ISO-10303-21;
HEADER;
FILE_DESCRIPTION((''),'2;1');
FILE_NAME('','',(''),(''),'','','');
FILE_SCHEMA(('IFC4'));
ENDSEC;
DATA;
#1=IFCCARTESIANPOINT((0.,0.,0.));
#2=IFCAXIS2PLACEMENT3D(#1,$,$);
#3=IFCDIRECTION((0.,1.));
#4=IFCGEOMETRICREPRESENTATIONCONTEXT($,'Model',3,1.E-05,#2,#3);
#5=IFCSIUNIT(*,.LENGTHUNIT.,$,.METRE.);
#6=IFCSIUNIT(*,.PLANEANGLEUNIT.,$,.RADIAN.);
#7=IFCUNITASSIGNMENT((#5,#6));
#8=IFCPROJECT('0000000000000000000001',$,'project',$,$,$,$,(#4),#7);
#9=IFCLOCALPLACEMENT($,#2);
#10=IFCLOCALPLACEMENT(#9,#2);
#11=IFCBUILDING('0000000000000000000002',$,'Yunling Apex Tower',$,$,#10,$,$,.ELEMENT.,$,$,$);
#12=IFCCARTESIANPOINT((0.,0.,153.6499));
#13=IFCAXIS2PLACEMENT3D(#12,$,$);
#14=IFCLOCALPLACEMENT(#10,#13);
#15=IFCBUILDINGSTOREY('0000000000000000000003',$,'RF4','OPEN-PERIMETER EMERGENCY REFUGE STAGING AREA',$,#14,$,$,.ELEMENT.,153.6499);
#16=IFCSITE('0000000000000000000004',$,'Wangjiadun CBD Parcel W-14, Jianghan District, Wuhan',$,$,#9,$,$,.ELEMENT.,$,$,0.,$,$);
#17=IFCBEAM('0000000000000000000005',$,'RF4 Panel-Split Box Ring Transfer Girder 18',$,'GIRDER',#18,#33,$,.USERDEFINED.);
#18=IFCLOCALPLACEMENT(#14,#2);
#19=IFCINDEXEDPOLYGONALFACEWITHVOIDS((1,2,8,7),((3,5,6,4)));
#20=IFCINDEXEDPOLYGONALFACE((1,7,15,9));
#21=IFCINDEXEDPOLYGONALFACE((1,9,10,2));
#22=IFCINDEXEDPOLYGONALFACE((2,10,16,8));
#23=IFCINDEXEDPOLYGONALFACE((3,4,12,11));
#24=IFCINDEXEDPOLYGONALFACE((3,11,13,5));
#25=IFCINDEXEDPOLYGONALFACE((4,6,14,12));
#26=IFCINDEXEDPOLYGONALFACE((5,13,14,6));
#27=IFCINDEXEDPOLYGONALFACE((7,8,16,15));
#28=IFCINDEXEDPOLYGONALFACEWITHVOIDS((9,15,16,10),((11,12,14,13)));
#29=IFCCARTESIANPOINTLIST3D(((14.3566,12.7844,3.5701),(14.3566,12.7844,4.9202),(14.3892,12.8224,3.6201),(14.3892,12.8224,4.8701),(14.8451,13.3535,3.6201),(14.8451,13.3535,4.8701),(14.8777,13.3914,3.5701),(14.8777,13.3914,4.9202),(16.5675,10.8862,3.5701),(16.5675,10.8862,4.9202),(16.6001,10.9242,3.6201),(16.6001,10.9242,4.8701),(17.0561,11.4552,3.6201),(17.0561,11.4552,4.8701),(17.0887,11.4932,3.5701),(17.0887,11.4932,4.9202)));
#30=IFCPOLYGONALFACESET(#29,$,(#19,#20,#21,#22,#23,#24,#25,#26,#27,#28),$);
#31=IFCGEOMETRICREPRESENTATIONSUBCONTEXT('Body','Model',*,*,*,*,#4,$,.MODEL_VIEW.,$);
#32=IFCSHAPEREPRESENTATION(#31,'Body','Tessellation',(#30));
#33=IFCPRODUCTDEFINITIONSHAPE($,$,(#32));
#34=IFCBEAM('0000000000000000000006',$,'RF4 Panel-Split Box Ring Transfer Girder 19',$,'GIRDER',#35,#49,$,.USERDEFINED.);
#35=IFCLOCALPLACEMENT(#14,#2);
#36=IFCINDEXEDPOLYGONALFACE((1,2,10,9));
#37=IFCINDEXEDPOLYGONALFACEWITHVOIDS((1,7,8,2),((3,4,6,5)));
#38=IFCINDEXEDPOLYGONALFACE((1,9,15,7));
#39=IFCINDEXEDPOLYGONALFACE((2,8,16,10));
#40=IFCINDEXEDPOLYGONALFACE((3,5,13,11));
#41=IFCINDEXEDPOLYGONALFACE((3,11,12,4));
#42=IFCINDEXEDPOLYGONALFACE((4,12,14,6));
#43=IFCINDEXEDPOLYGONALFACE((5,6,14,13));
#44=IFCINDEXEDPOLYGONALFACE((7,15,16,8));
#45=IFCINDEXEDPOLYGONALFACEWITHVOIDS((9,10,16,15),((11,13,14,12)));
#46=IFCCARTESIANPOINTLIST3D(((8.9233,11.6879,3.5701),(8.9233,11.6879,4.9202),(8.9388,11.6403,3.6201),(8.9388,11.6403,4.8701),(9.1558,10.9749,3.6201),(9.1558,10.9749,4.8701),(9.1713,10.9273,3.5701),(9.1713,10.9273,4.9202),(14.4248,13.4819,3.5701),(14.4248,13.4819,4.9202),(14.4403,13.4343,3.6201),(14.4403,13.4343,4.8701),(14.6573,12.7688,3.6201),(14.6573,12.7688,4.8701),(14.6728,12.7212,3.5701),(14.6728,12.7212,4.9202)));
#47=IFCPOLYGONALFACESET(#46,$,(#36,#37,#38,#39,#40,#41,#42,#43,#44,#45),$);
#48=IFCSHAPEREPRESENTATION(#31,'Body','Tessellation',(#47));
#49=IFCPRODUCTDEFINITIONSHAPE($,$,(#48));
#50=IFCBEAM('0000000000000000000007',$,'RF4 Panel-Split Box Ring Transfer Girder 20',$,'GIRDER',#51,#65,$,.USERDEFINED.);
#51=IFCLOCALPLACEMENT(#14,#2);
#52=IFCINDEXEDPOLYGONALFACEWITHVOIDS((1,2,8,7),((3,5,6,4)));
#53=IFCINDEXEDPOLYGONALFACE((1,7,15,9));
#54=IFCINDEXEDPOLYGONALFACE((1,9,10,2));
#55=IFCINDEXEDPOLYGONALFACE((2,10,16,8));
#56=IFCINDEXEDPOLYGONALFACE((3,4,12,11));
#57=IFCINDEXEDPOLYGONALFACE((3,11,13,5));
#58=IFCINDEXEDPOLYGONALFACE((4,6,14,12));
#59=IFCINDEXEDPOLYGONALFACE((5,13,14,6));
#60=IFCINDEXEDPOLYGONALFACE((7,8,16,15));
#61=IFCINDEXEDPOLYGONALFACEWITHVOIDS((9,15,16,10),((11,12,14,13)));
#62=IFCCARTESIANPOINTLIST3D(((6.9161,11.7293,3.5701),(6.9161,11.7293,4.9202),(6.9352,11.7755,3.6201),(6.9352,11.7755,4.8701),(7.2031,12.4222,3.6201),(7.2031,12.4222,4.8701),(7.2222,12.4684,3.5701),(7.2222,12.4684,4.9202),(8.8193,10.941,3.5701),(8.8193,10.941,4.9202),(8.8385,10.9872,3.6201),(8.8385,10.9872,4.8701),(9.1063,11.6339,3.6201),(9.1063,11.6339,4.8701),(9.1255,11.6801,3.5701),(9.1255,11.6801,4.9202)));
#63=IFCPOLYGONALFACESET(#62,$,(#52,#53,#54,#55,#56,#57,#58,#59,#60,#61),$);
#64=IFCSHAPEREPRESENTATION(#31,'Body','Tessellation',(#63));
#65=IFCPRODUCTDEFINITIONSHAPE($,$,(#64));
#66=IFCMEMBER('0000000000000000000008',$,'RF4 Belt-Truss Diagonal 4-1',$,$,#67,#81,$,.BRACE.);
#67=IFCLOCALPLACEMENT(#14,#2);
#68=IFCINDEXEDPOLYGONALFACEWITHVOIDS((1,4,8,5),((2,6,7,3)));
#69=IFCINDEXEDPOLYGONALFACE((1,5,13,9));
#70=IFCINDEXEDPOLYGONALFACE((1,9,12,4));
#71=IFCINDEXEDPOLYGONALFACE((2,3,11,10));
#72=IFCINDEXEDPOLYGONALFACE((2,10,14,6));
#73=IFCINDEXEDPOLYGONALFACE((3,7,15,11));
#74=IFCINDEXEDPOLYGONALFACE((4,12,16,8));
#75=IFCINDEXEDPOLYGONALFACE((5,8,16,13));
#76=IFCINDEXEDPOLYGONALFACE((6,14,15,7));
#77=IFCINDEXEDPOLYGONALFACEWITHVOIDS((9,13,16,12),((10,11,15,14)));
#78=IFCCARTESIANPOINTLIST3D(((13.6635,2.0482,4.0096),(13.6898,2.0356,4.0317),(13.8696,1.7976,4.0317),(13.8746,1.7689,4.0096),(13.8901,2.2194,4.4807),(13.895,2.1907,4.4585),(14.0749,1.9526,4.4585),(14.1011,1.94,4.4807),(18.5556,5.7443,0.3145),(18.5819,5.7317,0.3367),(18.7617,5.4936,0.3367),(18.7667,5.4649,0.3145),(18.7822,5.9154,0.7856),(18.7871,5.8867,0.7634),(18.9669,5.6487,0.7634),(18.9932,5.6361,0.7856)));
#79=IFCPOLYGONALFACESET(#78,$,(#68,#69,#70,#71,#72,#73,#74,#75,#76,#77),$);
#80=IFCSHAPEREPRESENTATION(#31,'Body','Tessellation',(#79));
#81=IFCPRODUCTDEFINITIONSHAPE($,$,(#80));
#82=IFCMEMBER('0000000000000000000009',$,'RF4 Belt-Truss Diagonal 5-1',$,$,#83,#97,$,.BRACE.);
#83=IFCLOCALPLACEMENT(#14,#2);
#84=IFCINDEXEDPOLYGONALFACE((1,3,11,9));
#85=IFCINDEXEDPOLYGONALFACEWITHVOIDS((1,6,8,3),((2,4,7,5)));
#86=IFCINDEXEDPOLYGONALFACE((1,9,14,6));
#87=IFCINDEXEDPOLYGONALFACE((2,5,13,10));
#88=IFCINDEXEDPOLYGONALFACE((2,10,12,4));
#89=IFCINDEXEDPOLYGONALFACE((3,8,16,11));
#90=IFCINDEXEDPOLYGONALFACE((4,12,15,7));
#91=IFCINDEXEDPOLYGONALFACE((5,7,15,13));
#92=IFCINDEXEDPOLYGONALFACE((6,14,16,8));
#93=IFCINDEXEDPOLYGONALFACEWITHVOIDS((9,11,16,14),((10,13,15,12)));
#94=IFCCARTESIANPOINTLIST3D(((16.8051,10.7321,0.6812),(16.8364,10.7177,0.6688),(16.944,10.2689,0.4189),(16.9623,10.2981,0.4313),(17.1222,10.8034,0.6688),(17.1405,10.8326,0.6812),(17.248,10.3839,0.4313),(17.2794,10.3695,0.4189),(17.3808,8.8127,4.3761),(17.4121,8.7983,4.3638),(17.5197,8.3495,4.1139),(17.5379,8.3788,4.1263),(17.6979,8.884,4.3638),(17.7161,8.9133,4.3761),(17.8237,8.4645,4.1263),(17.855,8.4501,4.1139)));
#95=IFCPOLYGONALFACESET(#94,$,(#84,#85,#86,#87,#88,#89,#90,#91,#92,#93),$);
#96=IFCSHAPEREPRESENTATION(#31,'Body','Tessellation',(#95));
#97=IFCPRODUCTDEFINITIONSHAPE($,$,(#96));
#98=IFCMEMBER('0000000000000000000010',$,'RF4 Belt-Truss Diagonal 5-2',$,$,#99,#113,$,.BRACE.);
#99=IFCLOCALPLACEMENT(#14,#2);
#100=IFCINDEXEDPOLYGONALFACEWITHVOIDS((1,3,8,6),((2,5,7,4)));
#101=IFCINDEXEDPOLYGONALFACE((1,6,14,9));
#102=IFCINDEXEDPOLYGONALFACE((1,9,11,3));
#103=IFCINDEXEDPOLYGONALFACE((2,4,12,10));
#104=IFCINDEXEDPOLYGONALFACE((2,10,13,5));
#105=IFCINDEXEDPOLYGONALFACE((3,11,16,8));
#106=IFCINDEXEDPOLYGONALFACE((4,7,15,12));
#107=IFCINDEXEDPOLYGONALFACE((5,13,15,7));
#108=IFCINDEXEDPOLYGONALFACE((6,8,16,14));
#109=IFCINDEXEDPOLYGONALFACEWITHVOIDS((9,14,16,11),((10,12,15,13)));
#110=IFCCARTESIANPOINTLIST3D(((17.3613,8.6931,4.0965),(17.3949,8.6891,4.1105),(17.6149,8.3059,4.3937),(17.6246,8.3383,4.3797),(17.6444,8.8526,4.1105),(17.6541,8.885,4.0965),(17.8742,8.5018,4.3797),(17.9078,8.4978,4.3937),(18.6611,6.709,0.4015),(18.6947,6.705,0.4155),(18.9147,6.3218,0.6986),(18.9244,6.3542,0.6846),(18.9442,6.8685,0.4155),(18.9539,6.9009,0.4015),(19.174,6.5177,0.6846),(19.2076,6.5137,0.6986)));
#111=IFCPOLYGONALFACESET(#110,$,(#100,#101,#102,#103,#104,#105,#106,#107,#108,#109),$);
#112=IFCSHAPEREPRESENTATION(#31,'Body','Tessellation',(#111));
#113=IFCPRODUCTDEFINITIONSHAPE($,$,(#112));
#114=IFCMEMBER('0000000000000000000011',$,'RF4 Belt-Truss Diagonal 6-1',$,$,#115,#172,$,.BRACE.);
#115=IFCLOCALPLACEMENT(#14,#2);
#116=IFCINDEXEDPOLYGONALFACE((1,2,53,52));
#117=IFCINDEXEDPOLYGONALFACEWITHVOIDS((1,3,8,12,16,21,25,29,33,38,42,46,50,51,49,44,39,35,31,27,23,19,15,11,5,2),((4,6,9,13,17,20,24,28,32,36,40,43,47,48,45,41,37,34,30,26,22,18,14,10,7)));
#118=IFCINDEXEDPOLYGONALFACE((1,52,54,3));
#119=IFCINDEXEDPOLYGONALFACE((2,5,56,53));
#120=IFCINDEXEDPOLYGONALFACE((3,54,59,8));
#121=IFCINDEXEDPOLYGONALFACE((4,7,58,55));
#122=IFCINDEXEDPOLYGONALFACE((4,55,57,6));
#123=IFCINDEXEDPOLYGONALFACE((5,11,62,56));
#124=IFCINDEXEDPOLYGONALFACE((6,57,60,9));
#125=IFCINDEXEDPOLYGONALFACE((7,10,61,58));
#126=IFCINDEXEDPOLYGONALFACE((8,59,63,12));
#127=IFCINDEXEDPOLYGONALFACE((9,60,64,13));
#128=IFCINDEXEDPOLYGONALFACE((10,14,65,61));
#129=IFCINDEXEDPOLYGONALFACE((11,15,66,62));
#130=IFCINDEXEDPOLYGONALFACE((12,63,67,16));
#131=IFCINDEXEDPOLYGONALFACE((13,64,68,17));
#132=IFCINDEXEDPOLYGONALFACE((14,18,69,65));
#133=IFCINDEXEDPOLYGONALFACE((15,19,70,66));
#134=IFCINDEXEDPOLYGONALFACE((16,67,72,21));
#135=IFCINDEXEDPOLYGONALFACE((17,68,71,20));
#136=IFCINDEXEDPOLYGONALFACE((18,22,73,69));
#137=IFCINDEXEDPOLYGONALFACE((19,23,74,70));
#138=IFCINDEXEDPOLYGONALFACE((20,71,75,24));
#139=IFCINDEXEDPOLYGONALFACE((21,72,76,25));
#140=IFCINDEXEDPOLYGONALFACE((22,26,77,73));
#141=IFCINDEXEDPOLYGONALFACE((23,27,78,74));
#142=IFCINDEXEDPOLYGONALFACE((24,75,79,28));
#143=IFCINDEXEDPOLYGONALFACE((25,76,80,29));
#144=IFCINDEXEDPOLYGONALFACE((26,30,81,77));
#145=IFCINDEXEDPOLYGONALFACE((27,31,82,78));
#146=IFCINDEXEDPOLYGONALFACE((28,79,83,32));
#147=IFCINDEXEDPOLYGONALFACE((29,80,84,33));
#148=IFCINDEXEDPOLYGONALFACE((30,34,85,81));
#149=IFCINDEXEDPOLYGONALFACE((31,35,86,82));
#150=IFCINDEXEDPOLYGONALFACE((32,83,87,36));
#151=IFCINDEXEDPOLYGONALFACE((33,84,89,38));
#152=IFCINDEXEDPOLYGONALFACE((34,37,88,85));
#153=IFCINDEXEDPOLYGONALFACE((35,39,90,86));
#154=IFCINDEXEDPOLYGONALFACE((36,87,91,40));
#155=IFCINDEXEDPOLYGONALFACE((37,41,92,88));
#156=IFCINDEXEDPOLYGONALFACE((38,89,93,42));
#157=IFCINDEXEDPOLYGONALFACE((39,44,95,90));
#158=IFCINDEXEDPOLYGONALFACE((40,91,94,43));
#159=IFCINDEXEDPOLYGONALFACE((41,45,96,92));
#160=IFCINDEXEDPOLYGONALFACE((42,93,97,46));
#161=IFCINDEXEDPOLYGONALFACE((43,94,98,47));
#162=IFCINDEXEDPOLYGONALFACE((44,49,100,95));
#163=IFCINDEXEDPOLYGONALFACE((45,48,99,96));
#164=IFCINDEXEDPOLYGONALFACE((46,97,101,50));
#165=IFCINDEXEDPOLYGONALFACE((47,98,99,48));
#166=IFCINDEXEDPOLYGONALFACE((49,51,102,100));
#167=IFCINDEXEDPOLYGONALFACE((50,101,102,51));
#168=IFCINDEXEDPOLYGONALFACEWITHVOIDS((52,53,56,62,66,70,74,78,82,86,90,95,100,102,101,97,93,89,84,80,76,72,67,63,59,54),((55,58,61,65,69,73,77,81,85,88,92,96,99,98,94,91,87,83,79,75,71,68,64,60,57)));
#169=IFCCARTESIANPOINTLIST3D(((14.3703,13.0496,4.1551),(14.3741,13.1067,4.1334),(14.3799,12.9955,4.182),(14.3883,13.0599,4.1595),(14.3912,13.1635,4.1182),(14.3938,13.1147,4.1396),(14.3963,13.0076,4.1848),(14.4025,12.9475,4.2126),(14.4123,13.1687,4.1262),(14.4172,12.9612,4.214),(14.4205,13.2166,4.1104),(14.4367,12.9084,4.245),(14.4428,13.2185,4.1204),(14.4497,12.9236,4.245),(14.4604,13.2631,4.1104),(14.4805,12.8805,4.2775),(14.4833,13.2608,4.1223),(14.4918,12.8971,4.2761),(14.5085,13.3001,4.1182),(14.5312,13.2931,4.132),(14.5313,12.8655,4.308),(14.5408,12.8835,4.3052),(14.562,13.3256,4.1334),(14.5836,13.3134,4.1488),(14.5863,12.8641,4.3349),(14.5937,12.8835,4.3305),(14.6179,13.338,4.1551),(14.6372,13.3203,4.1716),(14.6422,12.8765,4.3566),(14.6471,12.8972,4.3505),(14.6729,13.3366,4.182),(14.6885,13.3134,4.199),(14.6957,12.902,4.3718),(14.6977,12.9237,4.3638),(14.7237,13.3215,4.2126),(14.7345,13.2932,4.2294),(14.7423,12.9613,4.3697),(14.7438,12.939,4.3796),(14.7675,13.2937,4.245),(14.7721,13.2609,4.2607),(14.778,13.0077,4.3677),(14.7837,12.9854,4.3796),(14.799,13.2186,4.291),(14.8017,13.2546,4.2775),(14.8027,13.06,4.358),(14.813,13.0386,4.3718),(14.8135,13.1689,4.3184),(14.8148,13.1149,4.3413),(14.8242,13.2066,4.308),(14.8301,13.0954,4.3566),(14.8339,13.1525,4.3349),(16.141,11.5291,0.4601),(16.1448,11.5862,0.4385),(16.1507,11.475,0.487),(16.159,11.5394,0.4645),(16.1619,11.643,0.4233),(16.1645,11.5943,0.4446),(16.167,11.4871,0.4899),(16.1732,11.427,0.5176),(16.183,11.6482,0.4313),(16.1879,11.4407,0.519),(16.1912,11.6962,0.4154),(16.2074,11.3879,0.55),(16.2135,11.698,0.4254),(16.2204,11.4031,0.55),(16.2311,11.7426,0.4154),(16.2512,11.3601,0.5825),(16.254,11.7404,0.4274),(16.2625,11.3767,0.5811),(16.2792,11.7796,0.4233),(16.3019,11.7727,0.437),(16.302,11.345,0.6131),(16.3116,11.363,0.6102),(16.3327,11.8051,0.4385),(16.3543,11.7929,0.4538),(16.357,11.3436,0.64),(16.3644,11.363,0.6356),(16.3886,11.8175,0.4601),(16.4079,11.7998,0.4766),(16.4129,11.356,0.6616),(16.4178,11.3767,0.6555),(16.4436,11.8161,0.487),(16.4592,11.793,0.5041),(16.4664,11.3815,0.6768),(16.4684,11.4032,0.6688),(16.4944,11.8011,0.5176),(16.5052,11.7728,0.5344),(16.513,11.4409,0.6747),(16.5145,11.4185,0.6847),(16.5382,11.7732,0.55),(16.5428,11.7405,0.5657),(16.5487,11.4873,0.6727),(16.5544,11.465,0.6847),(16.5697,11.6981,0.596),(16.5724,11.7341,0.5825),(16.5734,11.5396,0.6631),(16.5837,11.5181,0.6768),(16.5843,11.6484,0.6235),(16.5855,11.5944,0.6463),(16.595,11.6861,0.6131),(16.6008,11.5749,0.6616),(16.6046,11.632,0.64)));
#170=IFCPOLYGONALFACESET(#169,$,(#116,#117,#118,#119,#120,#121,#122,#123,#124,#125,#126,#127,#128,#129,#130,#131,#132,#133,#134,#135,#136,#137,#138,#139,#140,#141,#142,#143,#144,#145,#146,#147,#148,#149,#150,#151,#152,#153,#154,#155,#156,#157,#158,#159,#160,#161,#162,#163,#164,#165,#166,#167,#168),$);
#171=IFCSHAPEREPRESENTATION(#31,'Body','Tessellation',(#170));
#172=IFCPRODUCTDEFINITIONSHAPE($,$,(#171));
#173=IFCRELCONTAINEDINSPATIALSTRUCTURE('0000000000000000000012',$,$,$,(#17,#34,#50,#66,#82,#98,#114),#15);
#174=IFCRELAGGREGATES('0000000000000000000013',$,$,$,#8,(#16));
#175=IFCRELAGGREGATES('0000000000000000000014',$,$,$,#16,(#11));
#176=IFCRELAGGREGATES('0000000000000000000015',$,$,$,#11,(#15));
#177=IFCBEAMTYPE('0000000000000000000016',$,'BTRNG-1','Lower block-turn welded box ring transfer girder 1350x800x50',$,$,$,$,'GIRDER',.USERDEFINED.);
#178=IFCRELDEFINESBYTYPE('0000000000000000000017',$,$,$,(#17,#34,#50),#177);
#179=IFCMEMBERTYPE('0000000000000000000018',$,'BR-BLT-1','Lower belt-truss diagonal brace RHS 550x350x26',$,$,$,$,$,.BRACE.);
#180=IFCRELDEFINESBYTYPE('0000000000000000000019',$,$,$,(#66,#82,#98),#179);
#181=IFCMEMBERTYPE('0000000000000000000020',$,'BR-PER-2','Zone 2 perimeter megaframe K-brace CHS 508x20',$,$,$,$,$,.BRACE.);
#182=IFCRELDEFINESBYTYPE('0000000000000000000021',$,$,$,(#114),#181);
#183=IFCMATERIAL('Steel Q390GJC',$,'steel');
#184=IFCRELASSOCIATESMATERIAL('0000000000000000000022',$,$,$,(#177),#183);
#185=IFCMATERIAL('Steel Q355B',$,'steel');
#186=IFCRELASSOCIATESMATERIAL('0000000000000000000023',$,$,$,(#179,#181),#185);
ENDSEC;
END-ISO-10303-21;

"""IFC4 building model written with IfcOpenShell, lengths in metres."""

from ifc_helpers import new_model, si_unit, direction, frame, origin, origin_2d, place, context, subcontext, project, spatial, hollow_rectangle, hollow_circle, extrude, source, transform, mapped, material, material_profile, profile_set, type_object, element, save


model = new_model("IFC4")

# Units and contexts
model_context = context("Model", 3, precision=1e-05, world=origin(), true_north=direction((0.0, 1.0)))
body_context = subcontext(model_context, "Body", "Model", "MODEL_VIEW")
ifc_project = project(units=[si_unit("LENGTHUNIT", "METRE"), si_unit("PLANEANGLEUNIT", "RADIAN")], contexts=[model_context])

# Site, building, storey
site_placement = place(None, origin())
site = spatial("IfcSite", under=ifc_project, at=site_placement, Name="Wangjiadun CBD Parcel W-14, Jianghan District, Wuhan", CompositionType="ELEMENT", RefElevation=0.0)
building_placement = place(site_placement, origin())
building = spatial("IfcBuilding", under=site, at=building_placement, Name="Yunling Apex Tower", CompositionType="ELEMENT")
storey_placement = place(building_placement, frame((0.0, 0.0, 153.6499)))
storey = spatial("IfcBuildingStorey", under=building, at=storey_placement, Name="RF4", Description="OPEN-PERIMETER EMERGENCY REFUGE STAGING AREA", CompositionType="ELEMENT", Elevation=153.6499)

# Shared definitions
ifc_material_1 = material(Name="Steel Q390GJC", Category="steel")

# Beams
ifc_material_profile_1 = material_profile(ifc_material_1, hollow_rectangle(XDim=0.8, YDim=1.3501, WallThickness=0.05, at=origin_2d()))
ifc_profile_set_1 = profile_set([ifc_material_profile_1], Name="Steel Q390GJC")
beam_type = type_object("IfcBeamType", Name="BTRNG-1", Description="Lower block-turn welded box ring transfer girder 1350x800x50", ElementType="GIRDER", PredefinedType="USERDEFINED", material=ifc_profile_set_1)
shared_shape_1 = source(origin(), body_context, "Body", "SweptSolid", [
    extrude(hollow_rectangle(XDim=0.8, YDim=1.3501, WallThickness=0.05, at=origin_2d()), origin(), (0.0, 0.0, 1.0), 2.9141),
])
beam_1_placement = place(storey_placement, frame((16.8281, 11.1897, 4.2451), z_axis=(-0.75873, 0.651405, 0.0), x_axis=(-0.651405, -0.75873, 0.0)))
element("IfcBeam", 1, at=beam_1_placement, inside=storey, type_object=beam_type, Name="RF4 Panel-Split Box Ring Transfer Girder 18", ObjectType="GIRDER", PredefinedType="USERDEFINED", context=body_context, shape_type="MappedRepresentation", body=[
    mapped(shared_shape_1, transform((0.0, 0.0, 0.0), scale=1.0)),
])
shared_shape_2 = source(origin(), body_context, "Body", "SweptSolid", [
    extrude(hollow_rectangle(XDim=0.8, YDim=1.3501, WallThickness=0.05, at=origin_2d()), origin(), (0.0, 0.0, 1.0), 5.7866),
])
beam_2_placement = place(storey_placement, frame((14.5488, 13.1016, 4.2451), z_axis=(-0.95073, -0.310019, 0.0), x_axis=(0.310019, -0.95073, 0.0)))
element("IfcBeam", 2, at=beam_2_placement, inside=storey, type_object=beam_type, Name="RF4 Panel-Split Box Ring Transfer Girder 19", ObjectType="GIRDER", PredefinedType="USERDEFINED", context=body_context, shape_type="MappedRepresentation", body=[
    mapped(shared_shape_2, transform((0.0, 0.0, 0.0), scale=1.0)),
])
shared_shape_3 = source(origin(), body_context, "Body", "SweptSolid", [
    extrude(hollow_rectangle(XDim=0.8, YDim=1.3501, WallThickness=0.05, at=origin_2d()), origin(), (0.0, 0.0, 1.0), 2.0601),
])
beam_3_placement = place(storey_placement, frame((8.9724, 11.3105, 4.2451), z_axis=(-0.923888, 0.382662, 0.0), x_axis=(-0.382662, -0.923888, 0.0)))
element("IfcBeam", 3, at=beam_3_placement, inside=storey, type_object=beam_type, Name="RF4 Panel-Split Box Ring Transfer Girder 20", ObjectType="GIRDER", PredefinedType="USERDEFINED", context=body_context, shape_type="MappedRepresentation", body=[
    mapped(shared_shape_3, transform((0.0, 0.0, 0.0), scale=1.0)),
])

# Members
ifc_material_2 = material(Name="Steel Q355B", Category="steel")
ifc_material_profile_2 = material_profile(ifc_material_2, hollow_rectangle(XDim=0.3501, YDim=0.55, WallThickness=0.0259, at=origin_2d()))
ifc_profile_set_2 = profile_set([ifc_material_profile_2], Name="Steel Q355B")
member_type_1 = type_object("IfcMemberType", Name="BR-BLT-1", Description="Lower belt-truss diagonal brace RHS 550x350x26", PredefinedType="BRACE", material=ifc_profile_set_2)
shared_shape_4 = source(origin(), body_context, "Body", "SweptSolid", [
    extrude(hollow_rectangle(XDim=0.3501, YDim=0.55, WallThickness=0.0259, at=origin_2d()), origin(), (0.0, 0.0, 1.0), 7.1587),
])
member_1_placement = place(storey_placement, frame((18.7744, 5.6902, 0.55), z_axis=(-0.683378, -0.516302, 0.516166), x_axis=(0.602812, -0.797883, 0.0)))
element("IfcMember", 4, at=member_1_placement, inside=storey, type_object=member_type_1, Name="RF4 Belt-Truss Diagonal 4-1", PredefinedType="BRACE", context=body_context, shape_type="MappedRepresentation", body=[
    mapped(shared_shape_4, transform((0.0, 0.0, 0.0), scale=1.0)),
])
shared_shape_5 = source(origin(), body_context, "Body", "SweptSolid", [
    extrude(hollow_rectangle(XDim=0.3501, YDim=0.55, WallThickness=0.0259, at=origin_2d()), origin(), (0.0, 0.0, 1.0), 4.2034),
])
member_2_placement = place(storey_placement, frame((17.0422, 10.5508, 0.55), z_axis=(0.136954, -0.456631, 0.879052), x_axis=(0.957846, 0.287281, 0.0)))
element("IfcMember", 5, at=member_2_placement, inside=storey, type_object=member_type_1, Name="RF4 Belt-Truss Diagonal 5-1", PredefinedType="BRACE", context=body_context, shape_type="MappedRepresentation", body=[
    mapped(shared_shape_5, transform((0.0, 0.0, 0.0), scale=1.0)),
])
shared_shape_6 = source(origin(), body_context, "Body", "SweptSolid", [
    extrude(hollow_rectangle(XDim=0.3501, YDim=0.55, WallThickness=0.0259, at=origin_2d()), origin(), (0.0, 0.0, 1.0), 4.3909),
])
member_3_placement = place(storey_placement, frame((18.9343, 6.6113, 0.55), z_axis=(-0.296024, 0.451876, 0.841533), x_axis=(-0.836489, -0.547984, 0.0)))
element("IfcMember", 6, at=member_3_placement, inside=storey, type_object=member_type_1, Name="RF4 Belt-Truss Diagonal 5-2", PredefinedType="BRACE", context=body_context, shape_type="MappedRepresentation", body=[
    mapped(shared_shape_6, transform((0.0, 0.0, 0.0), scale=1.0)),
])
ifc_material_profile_3 = material_profile(ifc_material_2, hollow_circle(Radius=0.2539, WallThickness=0.02, at=origin_2d()))
ifc_profile_set_3 = profile_set([ifc_material_profile_3], Name="Steel Q355B")
member_type_2 = type_object("IfcMemberType", Name="BR-PER-2", Description="Zone 2 perimeter megaframe K-brace CHS 508x20", PredefinedType="BRACE", material=ifc_profile_set_3)
shared_shape_7 = source(origin(), body_context, "Body", "SweptSolid", [
    extrude(hollow_circle(Radius=0.2539, WallThickness=0.02, at=origin_2d()), origin(), (0.0, 0.0, 1.0), 4.3704),
])
member_4_placement = place(storey_placement, frame((16.3728, 11.5806, 0.55), z_axis=(-0.405163, 0.347905, 0.845462), x_axis=(-0.651463, -0.75868, 0.0)))
element("IfcMember", 7, at=member_4_placement, inside=storey, type_object=member_type_2, Name="RF4 Belt-Truss Diagonal 6-1", PredefinedType="BRACE", context=body_context, shape_type="MappedRepresentation", body=[
    mapped(shared_shape_7, transform((0.0, 0.0, 0.0), scale=1.0)),
])

save(model, "model.ifc")
